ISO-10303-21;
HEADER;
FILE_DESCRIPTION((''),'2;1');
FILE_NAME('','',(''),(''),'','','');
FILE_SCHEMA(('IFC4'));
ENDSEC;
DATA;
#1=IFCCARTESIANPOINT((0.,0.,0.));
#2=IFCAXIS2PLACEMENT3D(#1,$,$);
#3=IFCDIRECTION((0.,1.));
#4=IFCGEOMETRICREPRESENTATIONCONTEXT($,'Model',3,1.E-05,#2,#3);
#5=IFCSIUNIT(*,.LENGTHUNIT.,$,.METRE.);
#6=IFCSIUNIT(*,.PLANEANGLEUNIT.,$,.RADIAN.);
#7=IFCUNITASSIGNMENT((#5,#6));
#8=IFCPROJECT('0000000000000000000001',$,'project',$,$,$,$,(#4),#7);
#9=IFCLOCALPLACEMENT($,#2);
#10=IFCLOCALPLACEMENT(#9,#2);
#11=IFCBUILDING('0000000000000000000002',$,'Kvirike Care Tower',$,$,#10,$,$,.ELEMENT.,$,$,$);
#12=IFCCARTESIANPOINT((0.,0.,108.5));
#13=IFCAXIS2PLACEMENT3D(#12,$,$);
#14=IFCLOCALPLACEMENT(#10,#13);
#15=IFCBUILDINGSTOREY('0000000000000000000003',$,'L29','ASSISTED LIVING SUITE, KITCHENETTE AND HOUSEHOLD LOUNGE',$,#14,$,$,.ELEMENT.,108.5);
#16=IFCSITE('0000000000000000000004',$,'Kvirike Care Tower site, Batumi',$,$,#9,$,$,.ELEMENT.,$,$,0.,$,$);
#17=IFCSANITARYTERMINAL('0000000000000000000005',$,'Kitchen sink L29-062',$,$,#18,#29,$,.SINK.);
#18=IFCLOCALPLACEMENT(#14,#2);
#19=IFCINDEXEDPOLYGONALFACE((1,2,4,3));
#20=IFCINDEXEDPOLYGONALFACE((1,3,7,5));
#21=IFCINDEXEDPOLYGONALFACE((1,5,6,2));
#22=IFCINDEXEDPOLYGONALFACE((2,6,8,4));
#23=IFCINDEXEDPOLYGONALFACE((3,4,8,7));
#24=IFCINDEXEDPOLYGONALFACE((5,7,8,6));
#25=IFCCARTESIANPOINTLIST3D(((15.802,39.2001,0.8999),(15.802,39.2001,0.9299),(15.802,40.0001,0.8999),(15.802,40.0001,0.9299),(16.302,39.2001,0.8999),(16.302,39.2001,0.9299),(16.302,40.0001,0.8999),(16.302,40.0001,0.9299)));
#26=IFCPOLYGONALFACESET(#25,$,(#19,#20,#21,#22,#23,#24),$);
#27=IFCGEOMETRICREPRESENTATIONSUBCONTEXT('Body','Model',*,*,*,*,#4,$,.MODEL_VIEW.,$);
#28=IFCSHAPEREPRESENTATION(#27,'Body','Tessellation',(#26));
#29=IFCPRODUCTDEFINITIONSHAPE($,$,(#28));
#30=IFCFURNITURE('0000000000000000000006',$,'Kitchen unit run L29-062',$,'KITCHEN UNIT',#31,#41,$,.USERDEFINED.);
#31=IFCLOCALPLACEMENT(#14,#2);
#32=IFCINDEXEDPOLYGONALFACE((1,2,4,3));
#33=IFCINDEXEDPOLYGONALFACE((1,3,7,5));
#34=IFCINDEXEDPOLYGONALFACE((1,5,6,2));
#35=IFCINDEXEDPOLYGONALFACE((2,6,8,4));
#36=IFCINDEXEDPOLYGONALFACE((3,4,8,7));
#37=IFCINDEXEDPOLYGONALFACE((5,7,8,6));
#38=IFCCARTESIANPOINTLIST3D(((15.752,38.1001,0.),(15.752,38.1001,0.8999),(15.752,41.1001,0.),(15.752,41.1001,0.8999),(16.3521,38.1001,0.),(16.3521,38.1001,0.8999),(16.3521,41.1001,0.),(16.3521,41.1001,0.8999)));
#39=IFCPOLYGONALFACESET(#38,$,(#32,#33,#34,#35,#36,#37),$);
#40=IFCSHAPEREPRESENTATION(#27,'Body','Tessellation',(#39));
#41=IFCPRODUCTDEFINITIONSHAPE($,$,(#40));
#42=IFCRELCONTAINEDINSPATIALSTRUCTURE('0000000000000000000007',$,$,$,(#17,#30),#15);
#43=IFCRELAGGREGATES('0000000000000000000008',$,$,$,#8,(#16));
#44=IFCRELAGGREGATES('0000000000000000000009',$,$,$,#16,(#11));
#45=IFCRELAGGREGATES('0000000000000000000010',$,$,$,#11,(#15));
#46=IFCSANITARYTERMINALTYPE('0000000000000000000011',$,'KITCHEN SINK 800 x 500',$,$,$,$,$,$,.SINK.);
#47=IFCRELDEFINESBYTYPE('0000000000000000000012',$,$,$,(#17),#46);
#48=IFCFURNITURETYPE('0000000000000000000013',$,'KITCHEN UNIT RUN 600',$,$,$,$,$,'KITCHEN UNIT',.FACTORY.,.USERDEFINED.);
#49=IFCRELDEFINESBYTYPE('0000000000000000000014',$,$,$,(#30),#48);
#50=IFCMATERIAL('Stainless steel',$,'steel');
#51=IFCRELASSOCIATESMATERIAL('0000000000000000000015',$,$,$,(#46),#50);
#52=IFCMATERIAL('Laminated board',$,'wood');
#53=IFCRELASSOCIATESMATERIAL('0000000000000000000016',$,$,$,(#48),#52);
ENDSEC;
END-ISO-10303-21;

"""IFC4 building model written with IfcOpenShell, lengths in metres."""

from ifc_helpers import new_model, si_unit, direction, frame, origin, origin_2d, place, context, subcontext, project, spatial, rectangle, extrude, material, type_object, element, save


model = new_model("IFC4")

# Units and contexts
model_context = context("Model", 3, precision=1e-05, world=origin(), true_north=direction((0.0, 1.0)))
body_context = subcontext(model_context, "Body", "Model", "MODEL_VIEW")
ifc_project = project(units=[si_unit("LENGTHUNIT", "METRE"), si_unit("PLANEANGLEUNIT", "RADIAN")], contexts=[model_context])

# Site, building, storey
site_placement = place(None, origin())
site = spatial("IfcSite", under=ifc_project, at=site_placement, Name="Kvirike Care Tower site, Batumi", CompositionType="ELEMENT", RefElevation=0.0)
building_placement = place(site_placement, origin())
building = spatial("IfcBuilding", under=site, at=building_placement, Name="Kvirike Care Tower", CompositionType="ELEMENT")
storey_placement = place(building_placement, frame((0.0, 0.0, 108.5)))
storey = spatial("IfcBuildingStorey", under=building, at=storey_placement, Name="L29", Description="ASSISTED LIVING SUITE, KITCHENETTE AND HOUSEHOLD LOUNGE", CompositionType="ELEMENT", Elevation=108.5)

# Sanitary terminal
ifc_material_1 = material(Name="Stainless steel", Category="steel")
sanitary_terminal_type = type_object("IfcSanitaryTerminalType", Name="KITCHEN SINK 800 x 500", PredefinedType="SINK", material=ifc_material_1)
sanitary_terminal_placement = place(storey_placement, frame((16.052, 39.6001, 0.8999), z_axis=(0.0, 0.0, 1.0), x_axis=(0.0, 1.0, 0.0)))
element("IfcSanitaryTerminal", 1, at=sanitary_terminal_placement, inside=storey, type_object=sanitary_terminal_type, Name="Kitchen sink L29-062", PredefinedType="SINK", context=body_context, shape_type="SweptSolid", body=[
    extrude(rectangle(XDim=0.8, YDim=0.5, at=origin_2d()), origin(), (0.0, 0.0, 1.0), 0.03),
])

# Furniture
ifc_material_2 = material(Name="Laminated board", Category="wood")
furniture_type = type_object("IfcFurnitureType", Name="KITCHEN UNIT RUN 600", ElementType="KITCHEN UNIT", AssemblyPlace="FACTORY", PredefinedType="USERDEFINED", material=ifc_material_2)
furniture_placement = place(storey_placement, frame((16.052, 39.6001, 0.0), z_axis=(0.0, 0.0, 1.0), x_axis=(0.0, 1.0, 0.0)))
element("IfcFurniture", 2, at=furniture_placement, inside=storey, type_object=furniture_type, Name="Kitchen unit run L29-062", ObjectType="KITCHEN UNIT", PredefinedType="USERDEFINED", context=body_context, shape_type="SweptSolid", body=[
    extrude(rectangle(XDim=3.0, YDim=0.6001, at=origin_2d()), origin(), (0.0, 0.0, 1.0), 0.8999),
])

save(model, "model.ifc")
